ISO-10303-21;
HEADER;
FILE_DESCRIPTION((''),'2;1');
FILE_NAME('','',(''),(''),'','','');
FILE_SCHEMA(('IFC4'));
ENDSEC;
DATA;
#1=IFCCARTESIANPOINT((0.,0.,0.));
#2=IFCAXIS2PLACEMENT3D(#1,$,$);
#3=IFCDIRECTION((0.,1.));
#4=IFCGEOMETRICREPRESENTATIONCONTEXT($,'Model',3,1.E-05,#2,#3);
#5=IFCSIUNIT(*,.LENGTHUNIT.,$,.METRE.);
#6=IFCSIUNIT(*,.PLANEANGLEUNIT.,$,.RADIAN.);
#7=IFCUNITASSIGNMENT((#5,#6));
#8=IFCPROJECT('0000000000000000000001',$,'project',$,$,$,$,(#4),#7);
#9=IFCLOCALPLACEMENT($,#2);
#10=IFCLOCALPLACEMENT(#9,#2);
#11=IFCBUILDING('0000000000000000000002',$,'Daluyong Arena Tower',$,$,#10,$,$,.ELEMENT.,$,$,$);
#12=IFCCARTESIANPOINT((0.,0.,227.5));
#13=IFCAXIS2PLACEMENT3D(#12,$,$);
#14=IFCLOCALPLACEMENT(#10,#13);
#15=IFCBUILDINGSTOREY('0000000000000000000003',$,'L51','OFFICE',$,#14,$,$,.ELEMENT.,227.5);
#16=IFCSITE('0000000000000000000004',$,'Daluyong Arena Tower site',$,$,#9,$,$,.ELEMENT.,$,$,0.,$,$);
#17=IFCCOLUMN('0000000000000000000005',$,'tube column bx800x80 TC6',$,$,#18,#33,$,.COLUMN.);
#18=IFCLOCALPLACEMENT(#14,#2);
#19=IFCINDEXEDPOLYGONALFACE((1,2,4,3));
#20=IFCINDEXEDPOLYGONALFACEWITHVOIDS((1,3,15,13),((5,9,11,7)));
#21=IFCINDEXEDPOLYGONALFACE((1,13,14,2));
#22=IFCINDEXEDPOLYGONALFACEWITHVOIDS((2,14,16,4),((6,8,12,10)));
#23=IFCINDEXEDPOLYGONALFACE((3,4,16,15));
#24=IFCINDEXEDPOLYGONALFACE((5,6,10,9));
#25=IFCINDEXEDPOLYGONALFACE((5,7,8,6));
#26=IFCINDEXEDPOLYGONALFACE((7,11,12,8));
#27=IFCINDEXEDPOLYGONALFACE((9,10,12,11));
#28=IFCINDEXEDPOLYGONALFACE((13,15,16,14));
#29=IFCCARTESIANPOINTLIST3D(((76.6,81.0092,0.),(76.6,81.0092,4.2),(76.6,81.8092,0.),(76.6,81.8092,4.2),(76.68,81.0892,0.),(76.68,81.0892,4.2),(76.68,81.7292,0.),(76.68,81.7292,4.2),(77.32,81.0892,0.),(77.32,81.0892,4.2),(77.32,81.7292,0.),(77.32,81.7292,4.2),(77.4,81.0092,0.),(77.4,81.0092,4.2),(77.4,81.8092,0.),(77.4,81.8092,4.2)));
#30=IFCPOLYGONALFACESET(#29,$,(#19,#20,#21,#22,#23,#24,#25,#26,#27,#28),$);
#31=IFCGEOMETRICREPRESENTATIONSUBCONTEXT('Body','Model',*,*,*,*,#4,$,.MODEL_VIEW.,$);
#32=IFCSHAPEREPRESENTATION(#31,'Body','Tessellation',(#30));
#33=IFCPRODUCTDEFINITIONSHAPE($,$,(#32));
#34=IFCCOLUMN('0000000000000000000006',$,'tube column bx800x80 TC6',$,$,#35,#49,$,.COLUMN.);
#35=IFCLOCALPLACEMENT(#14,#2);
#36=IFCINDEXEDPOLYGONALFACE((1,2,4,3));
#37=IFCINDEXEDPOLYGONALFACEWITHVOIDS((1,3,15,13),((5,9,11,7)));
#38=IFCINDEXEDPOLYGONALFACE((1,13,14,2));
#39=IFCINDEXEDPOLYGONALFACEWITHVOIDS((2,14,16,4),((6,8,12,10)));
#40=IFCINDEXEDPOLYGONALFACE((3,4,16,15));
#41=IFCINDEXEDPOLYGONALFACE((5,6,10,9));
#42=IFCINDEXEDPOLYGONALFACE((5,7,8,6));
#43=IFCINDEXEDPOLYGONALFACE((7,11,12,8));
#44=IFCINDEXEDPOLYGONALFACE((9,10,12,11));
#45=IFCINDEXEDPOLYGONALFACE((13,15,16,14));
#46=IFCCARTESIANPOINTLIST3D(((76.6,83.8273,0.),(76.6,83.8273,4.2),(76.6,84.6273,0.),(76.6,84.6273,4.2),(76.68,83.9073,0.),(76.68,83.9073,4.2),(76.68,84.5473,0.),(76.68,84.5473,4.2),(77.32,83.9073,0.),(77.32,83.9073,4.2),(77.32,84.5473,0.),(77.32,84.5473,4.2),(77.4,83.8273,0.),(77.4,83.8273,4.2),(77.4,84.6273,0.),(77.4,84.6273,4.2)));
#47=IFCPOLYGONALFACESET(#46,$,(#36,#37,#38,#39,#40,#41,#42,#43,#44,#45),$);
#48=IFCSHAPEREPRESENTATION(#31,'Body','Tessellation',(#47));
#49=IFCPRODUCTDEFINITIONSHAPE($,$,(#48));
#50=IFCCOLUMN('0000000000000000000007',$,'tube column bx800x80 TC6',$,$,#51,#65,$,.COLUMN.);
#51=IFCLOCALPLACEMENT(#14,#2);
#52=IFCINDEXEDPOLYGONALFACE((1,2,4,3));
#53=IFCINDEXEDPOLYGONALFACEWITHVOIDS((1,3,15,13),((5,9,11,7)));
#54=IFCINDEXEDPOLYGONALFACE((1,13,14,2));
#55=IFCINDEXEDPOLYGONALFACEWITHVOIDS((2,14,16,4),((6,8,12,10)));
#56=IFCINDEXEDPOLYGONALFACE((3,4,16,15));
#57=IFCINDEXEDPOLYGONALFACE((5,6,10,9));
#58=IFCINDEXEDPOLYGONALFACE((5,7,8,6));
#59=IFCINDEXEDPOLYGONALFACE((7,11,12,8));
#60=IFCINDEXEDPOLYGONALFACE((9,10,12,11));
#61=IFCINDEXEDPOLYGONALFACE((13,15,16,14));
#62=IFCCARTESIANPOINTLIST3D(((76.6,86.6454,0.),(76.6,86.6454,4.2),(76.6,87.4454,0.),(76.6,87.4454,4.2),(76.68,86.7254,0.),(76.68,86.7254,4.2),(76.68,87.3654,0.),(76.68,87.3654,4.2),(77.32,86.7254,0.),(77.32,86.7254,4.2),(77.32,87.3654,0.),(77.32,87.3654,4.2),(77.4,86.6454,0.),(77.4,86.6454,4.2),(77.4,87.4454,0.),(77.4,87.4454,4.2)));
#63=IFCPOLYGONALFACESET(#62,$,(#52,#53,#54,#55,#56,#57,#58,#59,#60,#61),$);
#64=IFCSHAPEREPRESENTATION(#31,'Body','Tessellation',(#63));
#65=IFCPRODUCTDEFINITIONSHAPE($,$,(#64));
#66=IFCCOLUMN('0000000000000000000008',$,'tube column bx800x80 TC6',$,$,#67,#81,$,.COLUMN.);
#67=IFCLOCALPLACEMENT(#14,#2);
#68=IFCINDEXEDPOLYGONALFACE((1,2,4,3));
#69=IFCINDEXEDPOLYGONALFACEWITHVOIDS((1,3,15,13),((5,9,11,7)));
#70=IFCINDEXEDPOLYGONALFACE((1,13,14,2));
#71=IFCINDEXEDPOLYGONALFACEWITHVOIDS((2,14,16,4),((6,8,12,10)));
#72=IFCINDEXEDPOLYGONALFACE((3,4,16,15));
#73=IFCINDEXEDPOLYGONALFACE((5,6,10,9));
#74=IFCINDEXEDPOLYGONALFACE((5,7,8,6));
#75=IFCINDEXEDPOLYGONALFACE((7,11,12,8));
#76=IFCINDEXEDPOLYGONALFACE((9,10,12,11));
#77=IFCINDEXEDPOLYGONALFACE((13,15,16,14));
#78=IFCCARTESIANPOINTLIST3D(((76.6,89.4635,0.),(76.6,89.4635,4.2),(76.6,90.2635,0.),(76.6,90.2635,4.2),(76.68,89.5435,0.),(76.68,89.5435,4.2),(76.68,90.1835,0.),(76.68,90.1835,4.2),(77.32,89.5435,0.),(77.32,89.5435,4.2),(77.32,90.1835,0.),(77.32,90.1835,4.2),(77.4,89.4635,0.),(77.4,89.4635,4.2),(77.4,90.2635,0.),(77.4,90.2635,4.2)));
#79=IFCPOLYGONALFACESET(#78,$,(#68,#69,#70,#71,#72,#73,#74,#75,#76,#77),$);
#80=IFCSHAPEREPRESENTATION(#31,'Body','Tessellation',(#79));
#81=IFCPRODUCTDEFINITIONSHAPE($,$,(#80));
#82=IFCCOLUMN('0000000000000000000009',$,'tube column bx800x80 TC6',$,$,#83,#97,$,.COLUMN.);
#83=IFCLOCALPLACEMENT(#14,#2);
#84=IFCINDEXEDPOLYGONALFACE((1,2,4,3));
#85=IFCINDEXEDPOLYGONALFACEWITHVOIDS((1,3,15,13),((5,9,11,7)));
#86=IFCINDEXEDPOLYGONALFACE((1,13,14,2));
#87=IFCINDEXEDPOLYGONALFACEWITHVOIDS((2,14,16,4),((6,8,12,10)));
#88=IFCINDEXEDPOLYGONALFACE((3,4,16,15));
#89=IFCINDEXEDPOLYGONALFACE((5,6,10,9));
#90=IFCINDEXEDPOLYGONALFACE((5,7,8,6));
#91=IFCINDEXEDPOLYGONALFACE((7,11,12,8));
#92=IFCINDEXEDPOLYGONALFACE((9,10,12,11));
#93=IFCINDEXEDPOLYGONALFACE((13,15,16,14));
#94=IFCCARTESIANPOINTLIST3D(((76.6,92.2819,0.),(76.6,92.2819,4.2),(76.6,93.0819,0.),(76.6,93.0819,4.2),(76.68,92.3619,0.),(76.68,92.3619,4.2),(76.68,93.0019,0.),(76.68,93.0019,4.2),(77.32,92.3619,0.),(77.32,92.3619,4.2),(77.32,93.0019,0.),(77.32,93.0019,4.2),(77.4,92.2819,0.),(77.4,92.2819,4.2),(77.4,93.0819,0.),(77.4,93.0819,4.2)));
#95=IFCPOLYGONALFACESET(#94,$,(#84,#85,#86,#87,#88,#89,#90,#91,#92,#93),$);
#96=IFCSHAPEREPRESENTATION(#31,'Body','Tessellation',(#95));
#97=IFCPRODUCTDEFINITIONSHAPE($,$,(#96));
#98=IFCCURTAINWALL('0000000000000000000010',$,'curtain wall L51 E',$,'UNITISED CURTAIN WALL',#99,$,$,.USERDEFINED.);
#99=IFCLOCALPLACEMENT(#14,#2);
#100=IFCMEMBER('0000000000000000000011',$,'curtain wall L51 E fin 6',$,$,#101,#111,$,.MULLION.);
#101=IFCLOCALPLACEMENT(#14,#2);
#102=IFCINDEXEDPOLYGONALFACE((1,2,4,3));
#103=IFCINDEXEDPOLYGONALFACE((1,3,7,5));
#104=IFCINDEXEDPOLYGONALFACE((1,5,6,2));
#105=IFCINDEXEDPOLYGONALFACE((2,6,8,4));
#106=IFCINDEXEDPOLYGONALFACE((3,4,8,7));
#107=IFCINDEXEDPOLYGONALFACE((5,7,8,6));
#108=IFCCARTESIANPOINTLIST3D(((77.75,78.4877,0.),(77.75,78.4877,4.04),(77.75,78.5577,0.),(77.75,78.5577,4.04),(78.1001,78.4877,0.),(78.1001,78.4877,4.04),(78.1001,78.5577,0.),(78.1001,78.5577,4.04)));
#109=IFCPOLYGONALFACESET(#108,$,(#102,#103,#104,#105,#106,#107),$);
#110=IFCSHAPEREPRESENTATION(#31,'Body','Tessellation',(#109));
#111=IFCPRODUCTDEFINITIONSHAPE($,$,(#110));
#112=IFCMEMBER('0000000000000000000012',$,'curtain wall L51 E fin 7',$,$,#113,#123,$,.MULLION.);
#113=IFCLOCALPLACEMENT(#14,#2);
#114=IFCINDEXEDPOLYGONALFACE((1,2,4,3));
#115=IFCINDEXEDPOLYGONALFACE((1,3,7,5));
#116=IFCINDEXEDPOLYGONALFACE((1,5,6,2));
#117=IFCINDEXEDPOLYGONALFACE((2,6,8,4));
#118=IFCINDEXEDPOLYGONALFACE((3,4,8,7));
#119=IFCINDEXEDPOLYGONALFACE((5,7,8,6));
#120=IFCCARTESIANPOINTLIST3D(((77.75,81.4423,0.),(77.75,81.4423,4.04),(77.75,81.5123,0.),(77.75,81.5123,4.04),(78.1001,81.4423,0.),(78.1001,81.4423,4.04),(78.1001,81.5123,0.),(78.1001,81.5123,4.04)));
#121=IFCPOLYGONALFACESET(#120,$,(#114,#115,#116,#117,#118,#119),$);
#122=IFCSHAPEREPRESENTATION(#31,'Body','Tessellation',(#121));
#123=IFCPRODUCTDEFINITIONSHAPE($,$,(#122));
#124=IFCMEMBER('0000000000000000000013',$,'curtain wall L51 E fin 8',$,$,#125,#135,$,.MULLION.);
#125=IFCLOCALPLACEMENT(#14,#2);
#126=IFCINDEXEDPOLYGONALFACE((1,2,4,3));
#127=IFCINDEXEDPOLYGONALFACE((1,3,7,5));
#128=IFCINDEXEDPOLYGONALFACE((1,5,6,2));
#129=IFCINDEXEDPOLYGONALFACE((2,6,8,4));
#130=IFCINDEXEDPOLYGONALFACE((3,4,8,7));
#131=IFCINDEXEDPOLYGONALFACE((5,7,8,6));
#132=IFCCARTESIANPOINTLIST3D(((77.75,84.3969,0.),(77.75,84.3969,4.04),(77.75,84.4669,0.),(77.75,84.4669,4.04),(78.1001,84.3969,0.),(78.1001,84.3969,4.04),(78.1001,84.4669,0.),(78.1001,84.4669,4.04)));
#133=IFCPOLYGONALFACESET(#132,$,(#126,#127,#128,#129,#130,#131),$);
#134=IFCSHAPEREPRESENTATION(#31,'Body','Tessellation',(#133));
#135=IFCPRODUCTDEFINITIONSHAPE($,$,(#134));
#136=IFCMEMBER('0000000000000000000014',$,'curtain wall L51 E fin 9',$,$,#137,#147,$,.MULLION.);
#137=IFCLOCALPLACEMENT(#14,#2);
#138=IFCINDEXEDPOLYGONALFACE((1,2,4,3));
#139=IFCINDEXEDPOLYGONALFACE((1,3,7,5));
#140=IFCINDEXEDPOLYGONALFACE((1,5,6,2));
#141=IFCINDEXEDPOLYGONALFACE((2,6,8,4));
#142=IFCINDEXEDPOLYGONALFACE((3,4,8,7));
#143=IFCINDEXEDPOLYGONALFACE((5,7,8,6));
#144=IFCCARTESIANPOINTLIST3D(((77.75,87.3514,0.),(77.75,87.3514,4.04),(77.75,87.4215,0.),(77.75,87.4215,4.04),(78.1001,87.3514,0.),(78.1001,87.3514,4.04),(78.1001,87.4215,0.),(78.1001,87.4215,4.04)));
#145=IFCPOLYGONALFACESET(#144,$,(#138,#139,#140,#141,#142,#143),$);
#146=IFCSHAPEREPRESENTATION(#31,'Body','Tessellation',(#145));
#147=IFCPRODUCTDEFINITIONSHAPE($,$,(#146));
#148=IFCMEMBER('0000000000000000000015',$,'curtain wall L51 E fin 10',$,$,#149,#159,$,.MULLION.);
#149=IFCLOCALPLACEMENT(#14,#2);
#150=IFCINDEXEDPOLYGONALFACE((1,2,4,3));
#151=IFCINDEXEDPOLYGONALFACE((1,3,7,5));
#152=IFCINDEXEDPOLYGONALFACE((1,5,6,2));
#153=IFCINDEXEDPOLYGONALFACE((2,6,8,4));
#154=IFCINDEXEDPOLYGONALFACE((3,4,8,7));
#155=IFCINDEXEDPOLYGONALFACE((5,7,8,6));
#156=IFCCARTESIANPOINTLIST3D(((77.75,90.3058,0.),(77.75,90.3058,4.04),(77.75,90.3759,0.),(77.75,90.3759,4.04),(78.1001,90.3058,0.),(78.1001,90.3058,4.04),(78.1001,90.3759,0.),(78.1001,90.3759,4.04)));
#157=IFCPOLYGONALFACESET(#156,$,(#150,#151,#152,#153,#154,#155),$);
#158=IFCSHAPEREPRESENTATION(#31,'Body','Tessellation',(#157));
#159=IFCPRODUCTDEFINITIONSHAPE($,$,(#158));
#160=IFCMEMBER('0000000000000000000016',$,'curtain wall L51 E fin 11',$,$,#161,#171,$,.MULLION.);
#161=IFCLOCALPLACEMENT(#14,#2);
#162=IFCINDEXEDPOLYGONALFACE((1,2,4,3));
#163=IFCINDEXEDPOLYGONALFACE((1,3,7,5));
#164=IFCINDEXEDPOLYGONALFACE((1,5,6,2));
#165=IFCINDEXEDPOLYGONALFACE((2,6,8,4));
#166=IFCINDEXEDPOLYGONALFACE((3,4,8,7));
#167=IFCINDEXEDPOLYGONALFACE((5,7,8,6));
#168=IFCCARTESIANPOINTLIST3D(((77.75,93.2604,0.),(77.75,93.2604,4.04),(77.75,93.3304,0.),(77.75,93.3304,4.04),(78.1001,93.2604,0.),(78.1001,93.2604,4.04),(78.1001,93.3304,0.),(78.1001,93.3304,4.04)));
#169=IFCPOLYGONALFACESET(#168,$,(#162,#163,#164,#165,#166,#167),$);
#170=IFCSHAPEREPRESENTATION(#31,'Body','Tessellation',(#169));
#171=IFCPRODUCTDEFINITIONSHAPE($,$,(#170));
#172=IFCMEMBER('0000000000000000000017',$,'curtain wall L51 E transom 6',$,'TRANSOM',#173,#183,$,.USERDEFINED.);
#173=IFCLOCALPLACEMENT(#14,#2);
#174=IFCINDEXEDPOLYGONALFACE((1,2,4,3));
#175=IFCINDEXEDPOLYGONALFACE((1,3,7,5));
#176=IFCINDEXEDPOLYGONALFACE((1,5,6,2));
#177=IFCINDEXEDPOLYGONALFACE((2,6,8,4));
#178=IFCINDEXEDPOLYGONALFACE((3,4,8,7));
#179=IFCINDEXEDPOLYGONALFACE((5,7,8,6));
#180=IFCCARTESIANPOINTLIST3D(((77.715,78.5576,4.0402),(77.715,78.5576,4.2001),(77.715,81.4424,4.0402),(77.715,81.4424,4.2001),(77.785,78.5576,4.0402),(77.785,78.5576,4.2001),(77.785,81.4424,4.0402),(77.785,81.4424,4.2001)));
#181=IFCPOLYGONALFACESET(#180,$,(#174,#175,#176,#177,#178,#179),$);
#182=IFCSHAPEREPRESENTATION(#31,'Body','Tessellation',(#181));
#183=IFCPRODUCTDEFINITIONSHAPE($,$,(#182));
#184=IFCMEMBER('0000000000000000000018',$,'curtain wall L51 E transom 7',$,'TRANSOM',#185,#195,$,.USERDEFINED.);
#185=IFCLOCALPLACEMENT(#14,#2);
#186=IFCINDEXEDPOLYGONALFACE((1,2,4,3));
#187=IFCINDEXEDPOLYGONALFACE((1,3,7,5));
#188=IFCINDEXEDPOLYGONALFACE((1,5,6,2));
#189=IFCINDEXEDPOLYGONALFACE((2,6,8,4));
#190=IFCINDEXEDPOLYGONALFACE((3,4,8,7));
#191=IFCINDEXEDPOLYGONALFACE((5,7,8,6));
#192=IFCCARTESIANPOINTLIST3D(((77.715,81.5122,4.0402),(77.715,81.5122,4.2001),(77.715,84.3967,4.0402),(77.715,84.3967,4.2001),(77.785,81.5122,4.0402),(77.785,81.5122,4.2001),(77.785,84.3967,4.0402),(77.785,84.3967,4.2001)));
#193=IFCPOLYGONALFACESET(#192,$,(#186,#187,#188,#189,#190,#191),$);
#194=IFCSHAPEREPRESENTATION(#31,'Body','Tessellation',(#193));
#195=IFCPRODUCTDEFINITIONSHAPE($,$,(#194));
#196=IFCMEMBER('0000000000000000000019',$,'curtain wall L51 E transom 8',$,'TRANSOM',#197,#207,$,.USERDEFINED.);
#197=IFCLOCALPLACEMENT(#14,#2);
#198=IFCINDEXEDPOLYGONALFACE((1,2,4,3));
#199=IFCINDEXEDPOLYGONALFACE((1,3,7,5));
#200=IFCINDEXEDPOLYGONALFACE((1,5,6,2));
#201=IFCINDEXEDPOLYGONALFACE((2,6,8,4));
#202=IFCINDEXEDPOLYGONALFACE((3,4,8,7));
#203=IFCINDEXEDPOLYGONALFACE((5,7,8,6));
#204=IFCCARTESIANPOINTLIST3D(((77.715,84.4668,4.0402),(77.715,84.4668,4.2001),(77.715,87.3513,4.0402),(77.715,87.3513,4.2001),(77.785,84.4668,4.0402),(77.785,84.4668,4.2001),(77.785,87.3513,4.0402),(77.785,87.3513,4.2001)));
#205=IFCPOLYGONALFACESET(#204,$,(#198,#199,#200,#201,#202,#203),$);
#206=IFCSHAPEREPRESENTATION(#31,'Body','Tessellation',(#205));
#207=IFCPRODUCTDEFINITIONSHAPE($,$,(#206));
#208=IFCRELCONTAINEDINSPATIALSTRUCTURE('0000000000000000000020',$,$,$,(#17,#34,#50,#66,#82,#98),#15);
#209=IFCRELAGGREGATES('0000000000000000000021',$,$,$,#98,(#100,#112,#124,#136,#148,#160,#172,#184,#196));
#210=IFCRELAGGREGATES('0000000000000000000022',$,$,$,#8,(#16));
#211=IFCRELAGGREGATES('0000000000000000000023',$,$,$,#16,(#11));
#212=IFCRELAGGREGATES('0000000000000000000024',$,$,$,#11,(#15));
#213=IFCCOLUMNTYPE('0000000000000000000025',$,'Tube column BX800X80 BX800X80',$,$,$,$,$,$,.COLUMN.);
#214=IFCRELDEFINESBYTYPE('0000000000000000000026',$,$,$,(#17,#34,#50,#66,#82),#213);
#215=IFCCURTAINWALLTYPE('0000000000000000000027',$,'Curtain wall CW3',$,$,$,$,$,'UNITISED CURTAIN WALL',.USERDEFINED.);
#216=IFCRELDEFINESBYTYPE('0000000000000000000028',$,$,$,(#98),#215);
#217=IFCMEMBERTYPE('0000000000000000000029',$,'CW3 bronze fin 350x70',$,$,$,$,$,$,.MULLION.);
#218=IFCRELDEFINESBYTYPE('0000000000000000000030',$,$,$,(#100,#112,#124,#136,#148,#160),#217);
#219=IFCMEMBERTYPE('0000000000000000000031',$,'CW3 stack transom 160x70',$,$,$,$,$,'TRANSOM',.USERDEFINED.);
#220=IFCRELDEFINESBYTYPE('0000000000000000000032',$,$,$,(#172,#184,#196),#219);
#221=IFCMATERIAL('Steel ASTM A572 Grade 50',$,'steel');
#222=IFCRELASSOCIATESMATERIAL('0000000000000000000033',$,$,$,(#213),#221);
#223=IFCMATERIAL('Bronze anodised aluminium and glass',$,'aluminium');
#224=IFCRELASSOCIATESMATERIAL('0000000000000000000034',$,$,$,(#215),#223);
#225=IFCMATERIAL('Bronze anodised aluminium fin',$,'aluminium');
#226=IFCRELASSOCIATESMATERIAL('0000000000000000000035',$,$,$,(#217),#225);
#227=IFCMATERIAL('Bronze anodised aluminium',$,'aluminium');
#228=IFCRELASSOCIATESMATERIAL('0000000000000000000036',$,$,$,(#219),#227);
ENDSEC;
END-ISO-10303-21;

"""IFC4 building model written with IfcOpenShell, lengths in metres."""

from ifc_helpers import new_model, si_unit, direction, frame, origin, origin_2d, place, context, subcontext, project, spatial, rectangle, hollow_rectangle, extrude, material, material_profile, profile_set, type_object, element, aggregate, save


model = new_model("IFC4")

# Units and contexts
model_context = context("Model", 3, precision=1e-05, world=origin(), true_north=direction((0.0, 1.0)))
body_context = subcontext(model_context, "Body", "Model", "MODEL_VIEW")
ifc_project = project(units=[si_unit("LENGTHUNIT", "METRE"), si_unit("PLANEANGLEUNIT", "RADIAN")], contexts=[model_context])

# Site, building, storey
site_placement = place(None, origin())
site = spatial("IfcSite", under=ifc_project, at=site_placement, Name="Daluyong Arena Tower site", CompositionType="ELEMENT", RefElevation=0.0)
building_placement = place(site_placement, origin())
building = spatial("IfcBuilding", under=site, at=building_placement, Name="Daluyong Arena Tower", CompositionType="ELEMENT")
storey_placement = place(building_placement, frame((0.0, 0.0, 227.5)))
storey = spatial("IfcBuildingStorey", under=building, at=storey_placement, Name="L51", Description="OFFICE", CompositionType="ELEMENT", Elevation=227.5)

# Columns
ifc_material_1 = material(Name="Steel ASTM A572 Grade 50", Category="steel")
ifc_material_profile_1 = material_profile(ifc_material_1, hollow_rectangle(XDim=0.8, YDim=0.8, WallThickness=0.08, at=origin_2d()))
ifc_profile_set_1 = profile_set([ifc_material_profile_1], Name="Steel ASTM A572 Grade 50")
column_type = type_object("IfcColumnType", Name="Tube column BX800X80 BX800X80", PredefinedType="COLUMN", material=ifc_profile_set_1)
for number, where, z_axis, x_axis, name in (
    (1, (77.0, 81.4092, 0.0), (0.0, 0.0, 1.0), (0.0, 1.0, 0.0), "tube column bx800x80 TC6"),
    (2, (77.0, 84.2273, 0.0), (0.0, 0.0, 1.0), (0.0, 1.0, 0.0), "tube column bx800x80 TC6"),
    (3, (77.0, 87.0454, 0.0), (0.0, 0.0, 1.0), (0.0, 1.0, 0.0), "tube column bx800x80 TC6"),
    (4, (77.0, 89.8635, 0.0), (0.0, 0.0, 1.0), (0.0, 1.0, 0.0), "tube column bx800x80 TC6"),
    (5, (77.0, 92.6819, 0.0), (0.0, 0.0, 1.0), (0.0, 1.0, 0.0), "tube column bx800x80 TC6"),
):
    element("IfcColumn", number, at=place(storey_placement, frame(where, z_axis=z_axis, x_axis=x_axis)), inside=storey, type_object=column_type, Name=name, PredefinedType="COLUMN", context=body_context, shape_type="SweptSolid", body=[
        extrude(hollow_rectangle(XDim=0.8, YDim=0.8, WallThickness=0.08, at=origin_2d()), origin(), (0.0, 0.0, 1.0), 4.2),
    ])

# Curtain wall, members
ifc_material_2 = material(Name="Bronze anodised aluminium and glass", Category="aluminium")
curtain_wall_type = type_object("IfcCurtainWallType", Name="Curtain wall CW3", ElementType="UNITISED CURTAIN WALL", PredefinedType="USERDEFINED", material=ifc_material_2)
curtain_wall_placement = place(storey_placement, origin())
curtain_wall = element("IfcCurtainWall", 6, at=curtain_wall_placement, inside=storey, type_object=curtain_wall_type, Name="curtain wall L51 E", ObjectType="UNITISED CURTAIN WALL", PredefinedType="USERDEFINED")
ifc_material_3 = material(Name="Bronze anodised aluminium fin", Category="aluminium")
ifc_material_profile_2 = material_profile(ifc_material_3, rectangle(XDim=0.3501, YDim=0.0701, at=origin_2d()))
ifc_profile_set_2 = profile_set([ifc_material_profile_2], Name="Bronze anodised aluminium fin")
member_type_1 = type_object("IfcMemberType", Name="CW3 bronze fin 350x70", PredefinedType="MULLION", material=ifc_profile_set_2)
member_1_placement = place(storey_placement, frame((77.925, 78.5227, 0.0), z_axis=(0.0, 0.0, 1.0), x_axis=(-1.0, 0.0, 0.0)))
member_1 = element("IfcMember", 7, at=member_1_placement, type_object=member_type_1, Name="curtain wall L51 E fin 6", PredefinedType="MULLION", context=body_context, shape_type="SweptSolid", body=[
    extrude(rectangle(XDim=0.3501, YDim=0.0701, at=origin_2d()), origin(), (0.0, 0.0, 1.0), 4.04),
])
member_2_placement = place(storey_placement, frame((77.925, 81.4773, 0.0), z_axis=(0.0, 0.0, 1.0), x_axis=(-1.0, 0.0, 0.0)))
member_2 = element("IfcMember", 8, at=member_2_placement, type_object=member_type_1, Name="curtain wall L51 E fin 7", PredefinedType="MULLION", context=body_context, shape_type="SweptSolid", body=[
    extrude(rectangle(XDim=0.3501, YDim=0.0701, at=origin_2d()), origin(), (0.0, 0.0, 1.0), 4.04),
])
member_3_placement = place(storey_placement, frame((77.925, 84.4319, 0.0), z_axis=(0.0, 0.0, 1.0), x_axis=(-1.0, 0.0, 0.0)))
member_3 = element("IfcMember", 9, at=member_3_placement, type_object=member_type_1, Name="curtain wall L51 E fin 8", PredefinedType="MULLION", context=body_context, shape_type="SweptSolid", body=[
    extrude(rectangle(XDim=0.3501, YDim=0.0701, at=origin_2d()), origin(), (0.0, 0.0, 1.0), 4.04),
])
member_4_placement = place(storey_placement, frame((77.925, 87.3865, 0.0), z_axis=(0.0, 0.0, 1.0), x_axis=(-1.0, 0.0, 0.0)))
member_4 = element("IfcMember", 10, at=member_4_placement, type_object=member_type_1, Name="curtain wall L51 E fin 9", PredefinedType="MULLION", context=body_context, shape_type="SweptSolid", body=[
    extrude(rectangle(XDim=0.3501, YDim=0.0701, at=origin_2d()), origin(), (0.0, 0.0, 1.0), 4.04),
])
member_5_placement = place(storey_placement, frame((77.925, 90.3408, 0.0), z_axis=(0.0, 0.0, 1.0), x_axis=(-1.0, 0.0, 0.0)))
member_5 = element("IfcMember", 11, at=member_5_placement, type_object=member_type_1, Name="curtain wall L51 E fin 10", PredefinedType="MULLION", context=body_context, shape_type="SweptSolid", body=[
    extrude(rectangle(XDim=0.3501, YDim=0.0701, at=origin_2d()), origin(), (0.0, 0.0, 1.0), 4.04),
])
member_6_placement = place(storey_placement, frame((77.925, 93.2954, 0.0), z_axis=(0.0, 0.0, 1.0), x_axis=(-1.0, 0.0, 0.0)))
member_6 = element("IfcMember", 12, at=member_6_placement, type_object=member_type_1, Name="curtain wall L51 E fin 11", PredefinedType="MULLION", context=body_context, shape_type="SweptSolid", body=[
    extrude(rectangle(XDim=0.3501, YDim=0.0701, at=origin_2d()), origin(), (0.0, 0.0, 1.0), 4.04),
])
ifc_material_4 = material(Name="Bronze anodised aluminium", Category="aluminium")
ifc_material_profile_3 = material_profile(ifc_material_4, rectangle(XDim=0.0701, YDim=0.1599, at=origin_2d()))
ifc_profile_set_3 = profile_set([ifc_material_profile_3], Name="Bronze anodised aluminium")
member_type_2 = type_object("IfcMemberType", Name="CW3 stack transom 160x70", ElementType="TRANSOM", PredefinedType="USERDEFINED", material=ifc_profile_set_3)
member_7_placement = place(storey_placement, frame((77.75, 78.5576, 4.1201), z_axis=(0.0, 1.0, 0.0), x_axis=(-1.0, 0.0, 0.0)))
member_7 = element("IfcMember", 13, at=member_7_placement, type_object=member_type_2, Name="curtain wall L51 E transom 6", ObjectType="TRANSOM", PredefinedType="USERDEFINED", context=body_context, shape_type="SweptSolid", body=[
    extrude(rectangle(XDim=0.0701, YDim=0.1599, at=origin_2d()), origin(), (0.0, 0.0, 1.0), 2.8848),
])
member_8_placement = place(storey_placement, frame((77.75, 81.5122, 4.1201), z_axis=(0.0, 1.0, 0.0), x_axis=(-1.0, 0.0, 0.0)))
member_8 = element("IfcMember", 14, at=member_8_placement, type_object=member_type_2, Name="curtain wall L51 E transom 7", ObjectType="TRANSOM", PredefinedType="USERDEFINED", context=body_context, shape_type="SweptSolid", body=[
    extrude(rectangle(XDim=0.0701, YDim=0.1599, at=origin_2d()), origin(), (0.0, 0.0, 1.0), 2.8845),
])
member_9_placement = place(storey_placement, frame((77.75, 84.4668, 4.1201), z_axis=(0.0, 1.0, 0.0), x_axis=(-1.0, 0.0, 0.0)))
member_9 = element("IfcMember", 15, at=member_9_placement, type_object=member_type_2, Name="curtain wall L51 E transom 8", ObjectType="TRANSOM", PredefinedType="USERDEFINED", context=body_context, shape_type="SweptSolid", body=[
    extrude(rectangle(XDim=0.0701, YDim=0.1599, at=origin_2d()), origin(), (0.0, 0.0, 1.0), 2.8845),
])

aggregate(curtain_wall, [member_1, member_2, member_3, member_4, member_5, member_6, member_7, member_8, member_9])

save(model, "model.ifc")
